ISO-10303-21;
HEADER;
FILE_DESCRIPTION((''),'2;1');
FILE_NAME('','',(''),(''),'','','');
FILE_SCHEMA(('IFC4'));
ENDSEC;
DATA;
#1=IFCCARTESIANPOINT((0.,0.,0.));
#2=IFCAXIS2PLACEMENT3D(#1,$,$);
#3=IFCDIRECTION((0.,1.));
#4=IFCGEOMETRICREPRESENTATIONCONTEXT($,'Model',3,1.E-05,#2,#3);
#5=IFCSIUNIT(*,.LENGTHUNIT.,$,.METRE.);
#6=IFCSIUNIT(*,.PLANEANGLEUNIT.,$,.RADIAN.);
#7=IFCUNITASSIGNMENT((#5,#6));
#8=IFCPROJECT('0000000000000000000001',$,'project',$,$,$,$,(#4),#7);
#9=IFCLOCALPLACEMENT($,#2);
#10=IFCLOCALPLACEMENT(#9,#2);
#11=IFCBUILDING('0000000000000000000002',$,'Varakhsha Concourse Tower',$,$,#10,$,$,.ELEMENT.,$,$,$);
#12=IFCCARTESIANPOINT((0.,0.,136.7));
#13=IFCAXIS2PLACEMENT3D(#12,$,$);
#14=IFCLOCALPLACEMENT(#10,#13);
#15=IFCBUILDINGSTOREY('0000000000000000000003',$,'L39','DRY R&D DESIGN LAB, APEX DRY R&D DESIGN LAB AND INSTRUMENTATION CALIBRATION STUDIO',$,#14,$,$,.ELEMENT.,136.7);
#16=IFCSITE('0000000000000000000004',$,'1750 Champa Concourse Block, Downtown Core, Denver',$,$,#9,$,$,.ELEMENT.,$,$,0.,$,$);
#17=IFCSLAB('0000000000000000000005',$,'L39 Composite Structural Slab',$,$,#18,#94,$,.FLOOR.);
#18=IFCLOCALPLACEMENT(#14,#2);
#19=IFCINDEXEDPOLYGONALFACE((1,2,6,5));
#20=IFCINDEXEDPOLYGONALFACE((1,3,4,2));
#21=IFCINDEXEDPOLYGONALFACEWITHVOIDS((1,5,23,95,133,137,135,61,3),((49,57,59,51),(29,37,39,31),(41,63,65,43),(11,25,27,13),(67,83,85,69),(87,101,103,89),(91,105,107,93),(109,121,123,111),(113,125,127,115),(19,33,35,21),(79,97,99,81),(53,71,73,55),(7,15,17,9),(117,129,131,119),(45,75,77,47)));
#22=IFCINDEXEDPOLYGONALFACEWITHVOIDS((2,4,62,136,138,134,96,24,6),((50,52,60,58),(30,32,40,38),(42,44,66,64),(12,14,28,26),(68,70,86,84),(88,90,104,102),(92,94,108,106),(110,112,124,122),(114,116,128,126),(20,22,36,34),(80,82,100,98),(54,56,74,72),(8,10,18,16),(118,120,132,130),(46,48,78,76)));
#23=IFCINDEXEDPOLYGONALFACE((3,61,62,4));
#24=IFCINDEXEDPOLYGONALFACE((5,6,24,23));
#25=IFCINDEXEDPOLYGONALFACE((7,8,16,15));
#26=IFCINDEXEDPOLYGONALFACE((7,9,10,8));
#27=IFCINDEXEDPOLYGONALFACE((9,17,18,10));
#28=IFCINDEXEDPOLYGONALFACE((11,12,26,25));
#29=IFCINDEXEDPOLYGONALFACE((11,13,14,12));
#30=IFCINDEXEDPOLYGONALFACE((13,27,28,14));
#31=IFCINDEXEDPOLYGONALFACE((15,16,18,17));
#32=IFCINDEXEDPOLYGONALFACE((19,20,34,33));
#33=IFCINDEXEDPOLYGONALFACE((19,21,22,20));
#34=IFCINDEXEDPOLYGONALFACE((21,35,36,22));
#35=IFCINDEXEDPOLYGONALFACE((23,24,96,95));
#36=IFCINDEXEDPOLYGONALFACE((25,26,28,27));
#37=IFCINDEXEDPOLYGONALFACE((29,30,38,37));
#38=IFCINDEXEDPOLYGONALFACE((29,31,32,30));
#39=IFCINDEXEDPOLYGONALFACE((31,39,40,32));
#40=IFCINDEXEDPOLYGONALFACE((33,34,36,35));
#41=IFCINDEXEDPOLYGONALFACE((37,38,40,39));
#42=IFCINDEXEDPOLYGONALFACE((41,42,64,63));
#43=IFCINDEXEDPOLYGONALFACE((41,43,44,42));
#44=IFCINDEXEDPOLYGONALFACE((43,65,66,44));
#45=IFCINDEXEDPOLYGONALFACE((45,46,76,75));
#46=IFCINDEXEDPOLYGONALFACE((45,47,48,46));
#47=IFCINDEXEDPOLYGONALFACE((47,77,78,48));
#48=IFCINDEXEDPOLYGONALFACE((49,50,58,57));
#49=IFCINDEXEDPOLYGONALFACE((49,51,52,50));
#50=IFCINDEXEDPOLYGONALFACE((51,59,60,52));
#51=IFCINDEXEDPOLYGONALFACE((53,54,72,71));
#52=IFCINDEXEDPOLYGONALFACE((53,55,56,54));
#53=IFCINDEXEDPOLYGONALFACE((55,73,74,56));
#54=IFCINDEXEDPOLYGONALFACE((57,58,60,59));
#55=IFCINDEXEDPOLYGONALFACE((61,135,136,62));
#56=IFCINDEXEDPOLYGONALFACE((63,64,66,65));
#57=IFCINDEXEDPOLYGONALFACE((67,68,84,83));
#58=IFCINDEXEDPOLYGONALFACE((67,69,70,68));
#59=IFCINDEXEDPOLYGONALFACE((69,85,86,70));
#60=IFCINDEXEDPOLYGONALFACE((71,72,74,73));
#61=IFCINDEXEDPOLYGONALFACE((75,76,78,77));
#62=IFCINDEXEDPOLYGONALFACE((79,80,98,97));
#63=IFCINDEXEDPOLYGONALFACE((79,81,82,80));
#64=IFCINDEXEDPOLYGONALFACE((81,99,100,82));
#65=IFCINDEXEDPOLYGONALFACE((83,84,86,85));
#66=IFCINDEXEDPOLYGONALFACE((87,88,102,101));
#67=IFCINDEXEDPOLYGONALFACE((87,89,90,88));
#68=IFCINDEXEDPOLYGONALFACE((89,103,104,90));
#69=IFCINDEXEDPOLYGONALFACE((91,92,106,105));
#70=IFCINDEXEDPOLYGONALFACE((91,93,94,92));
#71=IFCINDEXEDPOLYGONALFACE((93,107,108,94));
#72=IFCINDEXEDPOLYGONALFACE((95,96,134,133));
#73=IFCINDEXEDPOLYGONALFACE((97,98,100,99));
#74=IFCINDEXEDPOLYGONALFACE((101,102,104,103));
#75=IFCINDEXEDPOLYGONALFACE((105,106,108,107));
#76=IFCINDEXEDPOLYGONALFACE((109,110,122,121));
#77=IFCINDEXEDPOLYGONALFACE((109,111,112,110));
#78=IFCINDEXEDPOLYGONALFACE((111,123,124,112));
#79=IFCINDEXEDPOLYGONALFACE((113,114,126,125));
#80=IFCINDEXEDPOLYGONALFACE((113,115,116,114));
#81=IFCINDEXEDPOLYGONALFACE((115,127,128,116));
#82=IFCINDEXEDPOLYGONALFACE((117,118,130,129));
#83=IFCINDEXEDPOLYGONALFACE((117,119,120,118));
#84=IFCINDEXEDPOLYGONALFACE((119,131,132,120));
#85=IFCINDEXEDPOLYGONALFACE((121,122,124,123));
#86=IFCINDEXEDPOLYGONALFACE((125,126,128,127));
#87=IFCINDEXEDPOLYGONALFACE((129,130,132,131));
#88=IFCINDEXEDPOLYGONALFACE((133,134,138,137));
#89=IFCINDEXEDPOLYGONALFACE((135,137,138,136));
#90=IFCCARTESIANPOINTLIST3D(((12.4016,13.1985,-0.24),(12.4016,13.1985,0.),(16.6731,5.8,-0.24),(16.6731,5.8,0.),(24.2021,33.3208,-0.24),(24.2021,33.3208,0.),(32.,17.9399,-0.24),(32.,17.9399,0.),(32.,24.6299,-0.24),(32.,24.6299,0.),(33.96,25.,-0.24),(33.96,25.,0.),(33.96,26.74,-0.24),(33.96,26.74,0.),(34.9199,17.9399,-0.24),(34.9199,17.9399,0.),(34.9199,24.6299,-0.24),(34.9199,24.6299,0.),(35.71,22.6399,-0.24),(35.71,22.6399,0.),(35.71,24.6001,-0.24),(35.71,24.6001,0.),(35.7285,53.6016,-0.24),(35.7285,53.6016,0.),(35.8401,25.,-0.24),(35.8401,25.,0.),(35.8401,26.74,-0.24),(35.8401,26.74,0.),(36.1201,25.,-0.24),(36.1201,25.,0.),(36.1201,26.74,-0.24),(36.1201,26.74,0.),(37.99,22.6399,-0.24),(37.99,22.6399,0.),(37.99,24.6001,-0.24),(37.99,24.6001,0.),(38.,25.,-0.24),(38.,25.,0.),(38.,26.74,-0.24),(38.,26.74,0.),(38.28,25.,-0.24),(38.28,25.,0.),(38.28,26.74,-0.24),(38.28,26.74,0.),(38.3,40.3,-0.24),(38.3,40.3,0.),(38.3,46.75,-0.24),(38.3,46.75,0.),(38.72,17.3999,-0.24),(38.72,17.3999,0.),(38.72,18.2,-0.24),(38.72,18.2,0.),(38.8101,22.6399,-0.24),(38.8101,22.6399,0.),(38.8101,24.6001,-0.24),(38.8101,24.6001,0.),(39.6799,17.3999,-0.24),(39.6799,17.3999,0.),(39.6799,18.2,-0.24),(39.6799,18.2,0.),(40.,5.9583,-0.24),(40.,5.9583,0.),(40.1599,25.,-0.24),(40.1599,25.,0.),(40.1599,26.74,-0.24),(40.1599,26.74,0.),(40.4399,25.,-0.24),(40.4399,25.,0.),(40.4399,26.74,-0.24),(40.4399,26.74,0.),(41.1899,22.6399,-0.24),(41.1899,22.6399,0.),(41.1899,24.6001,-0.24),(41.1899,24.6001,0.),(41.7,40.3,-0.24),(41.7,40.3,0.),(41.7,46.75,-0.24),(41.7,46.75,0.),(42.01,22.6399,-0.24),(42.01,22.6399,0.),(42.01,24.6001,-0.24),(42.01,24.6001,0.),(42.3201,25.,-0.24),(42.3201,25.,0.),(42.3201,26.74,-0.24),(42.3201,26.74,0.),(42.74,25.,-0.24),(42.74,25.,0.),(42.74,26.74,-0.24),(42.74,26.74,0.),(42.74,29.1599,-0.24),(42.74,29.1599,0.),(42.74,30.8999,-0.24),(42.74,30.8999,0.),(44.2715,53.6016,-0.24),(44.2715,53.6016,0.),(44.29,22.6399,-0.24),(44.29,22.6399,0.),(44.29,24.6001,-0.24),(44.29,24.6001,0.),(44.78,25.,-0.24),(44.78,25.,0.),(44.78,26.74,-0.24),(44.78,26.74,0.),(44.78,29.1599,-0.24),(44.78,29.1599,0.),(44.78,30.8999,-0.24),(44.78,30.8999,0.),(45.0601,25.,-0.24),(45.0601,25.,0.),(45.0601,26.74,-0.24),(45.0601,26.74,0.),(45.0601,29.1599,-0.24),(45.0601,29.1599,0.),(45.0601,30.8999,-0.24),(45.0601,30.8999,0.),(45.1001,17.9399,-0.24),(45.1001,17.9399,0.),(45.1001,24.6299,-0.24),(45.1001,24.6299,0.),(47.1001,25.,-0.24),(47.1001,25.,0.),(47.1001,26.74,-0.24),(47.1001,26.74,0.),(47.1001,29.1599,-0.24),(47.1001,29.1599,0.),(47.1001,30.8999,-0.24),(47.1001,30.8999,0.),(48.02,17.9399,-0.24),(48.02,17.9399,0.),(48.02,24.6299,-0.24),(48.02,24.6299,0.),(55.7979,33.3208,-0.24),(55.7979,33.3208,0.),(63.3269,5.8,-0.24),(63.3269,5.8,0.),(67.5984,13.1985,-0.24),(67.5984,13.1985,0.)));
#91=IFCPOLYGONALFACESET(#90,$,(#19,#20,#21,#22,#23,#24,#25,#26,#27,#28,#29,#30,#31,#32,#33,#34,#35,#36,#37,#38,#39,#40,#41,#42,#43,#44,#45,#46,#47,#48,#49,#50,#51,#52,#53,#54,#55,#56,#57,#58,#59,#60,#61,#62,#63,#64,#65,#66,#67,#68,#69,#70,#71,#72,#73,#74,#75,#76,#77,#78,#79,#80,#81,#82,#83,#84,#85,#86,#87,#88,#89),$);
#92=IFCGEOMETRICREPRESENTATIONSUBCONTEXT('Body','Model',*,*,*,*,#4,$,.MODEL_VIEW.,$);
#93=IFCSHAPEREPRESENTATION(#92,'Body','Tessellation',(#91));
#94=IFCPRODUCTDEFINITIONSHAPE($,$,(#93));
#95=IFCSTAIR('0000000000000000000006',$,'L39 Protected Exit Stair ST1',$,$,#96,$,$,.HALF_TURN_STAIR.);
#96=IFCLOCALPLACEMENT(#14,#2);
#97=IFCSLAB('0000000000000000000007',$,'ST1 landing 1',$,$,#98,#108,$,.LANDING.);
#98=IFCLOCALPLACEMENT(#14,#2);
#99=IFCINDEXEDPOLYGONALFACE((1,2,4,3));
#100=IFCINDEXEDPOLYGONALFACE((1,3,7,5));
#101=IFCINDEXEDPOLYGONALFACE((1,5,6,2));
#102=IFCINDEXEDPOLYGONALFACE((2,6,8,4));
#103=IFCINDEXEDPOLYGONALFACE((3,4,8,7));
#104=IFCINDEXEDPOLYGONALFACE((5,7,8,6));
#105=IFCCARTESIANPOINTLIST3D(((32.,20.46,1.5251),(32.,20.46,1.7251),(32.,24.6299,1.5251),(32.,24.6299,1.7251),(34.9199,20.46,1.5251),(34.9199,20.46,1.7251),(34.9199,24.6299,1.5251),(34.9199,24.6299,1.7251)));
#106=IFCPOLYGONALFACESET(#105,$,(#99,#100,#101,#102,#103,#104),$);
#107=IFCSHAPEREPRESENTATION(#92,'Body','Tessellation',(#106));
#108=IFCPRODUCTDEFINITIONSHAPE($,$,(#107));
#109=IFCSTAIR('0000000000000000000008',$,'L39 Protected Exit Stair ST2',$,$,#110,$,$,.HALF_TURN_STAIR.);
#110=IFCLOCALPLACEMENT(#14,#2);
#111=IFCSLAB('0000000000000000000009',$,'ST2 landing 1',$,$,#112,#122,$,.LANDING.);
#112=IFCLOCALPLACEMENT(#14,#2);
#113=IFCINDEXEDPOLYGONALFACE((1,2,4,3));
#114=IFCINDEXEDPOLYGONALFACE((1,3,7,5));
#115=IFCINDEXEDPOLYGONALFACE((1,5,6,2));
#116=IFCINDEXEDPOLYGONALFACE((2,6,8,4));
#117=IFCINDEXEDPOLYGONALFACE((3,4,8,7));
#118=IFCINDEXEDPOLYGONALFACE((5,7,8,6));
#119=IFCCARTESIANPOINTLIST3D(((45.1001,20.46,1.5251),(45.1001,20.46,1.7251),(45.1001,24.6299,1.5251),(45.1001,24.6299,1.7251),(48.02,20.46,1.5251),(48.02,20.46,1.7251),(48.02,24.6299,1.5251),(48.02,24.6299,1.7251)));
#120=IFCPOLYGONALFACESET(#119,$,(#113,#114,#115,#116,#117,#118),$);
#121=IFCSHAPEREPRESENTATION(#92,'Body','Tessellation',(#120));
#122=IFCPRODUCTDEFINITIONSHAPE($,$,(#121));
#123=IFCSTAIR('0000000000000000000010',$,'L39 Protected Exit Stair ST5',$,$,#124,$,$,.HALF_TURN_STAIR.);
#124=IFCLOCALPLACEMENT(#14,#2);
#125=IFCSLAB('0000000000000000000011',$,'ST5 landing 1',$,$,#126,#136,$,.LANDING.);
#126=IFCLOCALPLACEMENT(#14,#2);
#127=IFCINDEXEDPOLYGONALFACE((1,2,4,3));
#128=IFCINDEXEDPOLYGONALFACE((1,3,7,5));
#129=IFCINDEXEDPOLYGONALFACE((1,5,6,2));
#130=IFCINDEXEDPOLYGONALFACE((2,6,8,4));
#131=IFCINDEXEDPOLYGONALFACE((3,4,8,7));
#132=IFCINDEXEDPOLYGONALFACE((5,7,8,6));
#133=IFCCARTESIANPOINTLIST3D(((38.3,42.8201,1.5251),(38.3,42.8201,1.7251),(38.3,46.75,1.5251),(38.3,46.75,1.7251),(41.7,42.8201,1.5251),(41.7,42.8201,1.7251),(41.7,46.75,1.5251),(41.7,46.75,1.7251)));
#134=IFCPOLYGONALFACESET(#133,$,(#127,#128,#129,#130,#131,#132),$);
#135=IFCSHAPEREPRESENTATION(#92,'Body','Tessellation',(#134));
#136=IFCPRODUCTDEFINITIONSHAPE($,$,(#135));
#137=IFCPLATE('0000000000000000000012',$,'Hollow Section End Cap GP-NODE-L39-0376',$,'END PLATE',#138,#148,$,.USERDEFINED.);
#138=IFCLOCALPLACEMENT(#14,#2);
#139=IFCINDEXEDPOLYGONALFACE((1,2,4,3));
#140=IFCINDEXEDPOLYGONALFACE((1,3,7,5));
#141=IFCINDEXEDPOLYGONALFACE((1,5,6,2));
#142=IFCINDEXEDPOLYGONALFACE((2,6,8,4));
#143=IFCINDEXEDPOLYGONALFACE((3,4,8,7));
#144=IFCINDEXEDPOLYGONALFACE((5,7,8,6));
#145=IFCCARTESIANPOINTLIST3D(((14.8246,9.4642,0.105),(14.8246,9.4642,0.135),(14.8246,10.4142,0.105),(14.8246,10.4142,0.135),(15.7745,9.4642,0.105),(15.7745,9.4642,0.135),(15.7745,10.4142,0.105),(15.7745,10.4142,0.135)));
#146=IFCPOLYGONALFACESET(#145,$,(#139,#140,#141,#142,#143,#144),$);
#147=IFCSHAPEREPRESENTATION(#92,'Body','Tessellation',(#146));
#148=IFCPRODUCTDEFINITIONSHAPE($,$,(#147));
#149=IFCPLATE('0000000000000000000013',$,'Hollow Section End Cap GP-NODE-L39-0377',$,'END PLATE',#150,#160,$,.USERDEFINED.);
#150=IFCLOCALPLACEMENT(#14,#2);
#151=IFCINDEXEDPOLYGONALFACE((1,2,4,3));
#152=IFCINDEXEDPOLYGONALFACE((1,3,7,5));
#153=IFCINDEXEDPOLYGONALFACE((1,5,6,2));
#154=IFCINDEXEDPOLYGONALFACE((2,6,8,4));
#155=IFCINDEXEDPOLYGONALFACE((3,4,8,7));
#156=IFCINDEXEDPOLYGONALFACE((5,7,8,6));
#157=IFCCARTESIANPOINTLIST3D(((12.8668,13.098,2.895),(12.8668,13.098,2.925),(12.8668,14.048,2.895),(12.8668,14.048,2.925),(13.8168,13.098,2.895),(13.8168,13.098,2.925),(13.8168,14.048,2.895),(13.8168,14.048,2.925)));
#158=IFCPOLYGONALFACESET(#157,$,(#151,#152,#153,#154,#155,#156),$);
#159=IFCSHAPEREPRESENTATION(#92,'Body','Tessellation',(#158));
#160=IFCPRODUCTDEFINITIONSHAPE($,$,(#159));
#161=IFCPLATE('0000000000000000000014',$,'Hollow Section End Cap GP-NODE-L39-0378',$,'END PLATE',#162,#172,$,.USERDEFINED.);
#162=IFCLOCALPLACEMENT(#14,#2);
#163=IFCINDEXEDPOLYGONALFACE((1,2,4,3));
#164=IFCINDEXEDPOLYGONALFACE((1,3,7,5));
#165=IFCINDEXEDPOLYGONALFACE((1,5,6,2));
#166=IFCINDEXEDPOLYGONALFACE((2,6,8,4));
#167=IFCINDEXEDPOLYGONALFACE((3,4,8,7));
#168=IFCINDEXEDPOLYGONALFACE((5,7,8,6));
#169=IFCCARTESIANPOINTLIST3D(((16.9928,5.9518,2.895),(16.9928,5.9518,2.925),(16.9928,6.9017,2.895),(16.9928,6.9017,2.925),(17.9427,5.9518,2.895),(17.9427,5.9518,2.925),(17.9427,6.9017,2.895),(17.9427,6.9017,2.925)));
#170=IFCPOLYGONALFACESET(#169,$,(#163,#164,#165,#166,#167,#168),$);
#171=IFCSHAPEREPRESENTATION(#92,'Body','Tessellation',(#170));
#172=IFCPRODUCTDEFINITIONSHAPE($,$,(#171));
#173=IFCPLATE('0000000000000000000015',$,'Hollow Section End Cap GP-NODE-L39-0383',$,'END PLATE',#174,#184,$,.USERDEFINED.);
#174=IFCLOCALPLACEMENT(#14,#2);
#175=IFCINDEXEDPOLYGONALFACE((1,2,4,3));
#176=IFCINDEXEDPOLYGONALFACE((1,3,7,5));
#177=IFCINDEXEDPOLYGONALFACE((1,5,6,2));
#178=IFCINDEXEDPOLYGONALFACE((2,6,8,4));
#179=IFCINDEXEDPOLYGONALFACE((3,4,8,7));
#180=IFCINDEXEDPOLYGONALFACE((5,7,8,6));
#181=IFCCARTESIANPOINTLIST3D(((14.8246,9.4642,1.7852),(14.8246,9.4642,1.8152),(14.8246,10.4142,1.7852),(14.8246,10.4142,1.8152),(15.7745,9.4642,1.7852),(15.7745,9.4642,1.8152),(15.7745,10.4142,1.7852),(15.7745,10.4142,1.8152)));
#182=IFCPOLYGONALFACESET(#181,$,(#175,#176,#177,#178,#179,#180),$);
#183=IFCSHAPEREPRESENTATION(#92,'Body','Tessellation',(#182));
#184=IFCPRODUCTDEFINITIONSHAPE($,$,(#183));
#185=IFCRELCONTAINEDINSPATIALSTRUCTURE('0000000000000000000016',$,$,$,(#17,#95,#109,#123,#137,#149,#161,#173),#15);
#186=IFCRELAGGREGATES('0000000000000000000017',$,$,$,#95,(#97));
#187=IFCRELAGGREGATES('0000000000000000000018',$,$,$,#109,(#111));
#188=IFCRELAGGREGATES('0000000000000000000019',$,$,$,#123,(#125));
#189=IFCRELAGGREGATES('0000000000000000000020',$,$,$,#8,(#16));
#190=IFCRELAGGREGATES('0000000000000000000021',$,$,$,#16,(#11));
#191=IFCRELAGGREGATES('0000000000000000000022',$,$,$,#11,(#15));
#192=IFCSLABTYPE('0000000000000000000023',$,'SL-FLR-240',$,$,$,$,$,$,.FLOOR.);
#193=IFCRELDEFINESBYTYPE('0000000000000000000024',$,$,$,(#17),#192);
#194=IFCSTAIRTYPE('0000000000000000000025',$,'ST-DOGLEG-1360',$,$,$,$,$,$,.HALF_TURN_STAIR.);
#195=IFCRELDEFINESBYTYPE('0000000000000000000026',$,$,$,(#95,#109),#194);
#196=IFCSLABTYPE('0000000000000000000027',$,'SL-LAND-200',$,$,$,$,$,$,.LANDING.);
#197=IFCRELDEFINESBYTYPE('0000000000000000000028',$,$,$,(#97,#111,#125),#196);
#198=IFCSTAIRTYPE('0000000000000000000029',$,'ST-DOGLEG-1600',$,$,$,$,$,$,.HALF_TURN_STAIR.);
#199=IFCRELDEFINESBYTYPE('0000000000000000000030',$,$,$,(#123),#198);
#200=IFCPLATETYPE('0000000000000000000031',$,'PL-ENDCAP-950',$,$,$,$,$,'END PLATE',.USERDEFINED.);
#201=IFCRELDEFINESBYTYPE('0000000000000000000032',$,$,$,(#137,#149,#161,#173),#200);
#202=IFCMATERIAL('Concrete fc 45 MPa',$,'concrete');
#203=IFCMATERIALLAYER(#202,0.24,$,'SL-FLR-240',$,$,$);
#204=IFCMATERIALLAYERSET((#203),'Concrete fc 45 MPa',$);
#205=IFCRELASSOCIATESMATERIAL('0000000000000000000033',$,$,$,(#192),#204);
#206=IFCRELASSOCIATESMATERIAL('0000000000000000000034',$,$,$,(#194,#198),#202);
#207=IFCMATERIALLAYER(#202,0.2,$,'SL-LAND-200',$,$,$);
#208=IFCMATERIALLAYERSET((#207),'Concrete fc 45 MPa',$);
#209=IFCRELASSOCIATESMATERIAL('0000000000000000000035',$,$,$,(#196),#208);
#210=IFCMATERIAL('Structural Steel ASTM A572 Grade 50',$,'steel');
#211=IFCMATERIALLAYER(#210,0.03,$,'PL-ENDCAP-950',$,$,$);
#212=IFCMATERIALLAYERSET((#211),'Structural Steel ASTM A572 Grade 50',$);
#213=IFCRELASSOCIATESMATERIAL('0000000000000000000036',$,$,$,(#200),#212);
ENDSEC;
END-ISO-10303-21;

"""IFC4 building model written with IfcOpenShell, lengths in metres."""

from ifc_helpers import new_model, si_unit, direction, frame, origin, origin_2d, place, context, subcontext, project, spatial, polyline, rectangle, outline, extrude, source, transform, mapped, material, layer, layer_set, type_object, type_shapes, element, aggregate, save


model = new_model("IFC4")

# Units and contexts
model_context = context("Model", 3, precision=1e-05, world=origin(), true_north=direction((0.0, 1.0)))
body_context = subcontext(model_context, "Body", "Model", "MODEL_VIEW")
ifc_project = project(units=[si_unit("LENGTHUNIT", "METRE"), si_unit("PLANEANGLEUNIT", "RADIAN")], contexts=[model_context])

# Site, building, storey
site_placement = place(None, origin())
site = spatial("IfcSite", under=ifc_project, at=site_placement, Name="1750 Champa Concourse Block, Downtown Core, Denver", CompositionType="ELEMENT", RefElevation=0.0)
building_placement = place(site_placement, origin())
building = spatial("IfcBuilding", under=site, at=building_placement, Name="Varakhsha Concourse Tower", CompositionType="ELEMENT")
storey_placement = place(building_placement, frame((0.0, 0.0, 136.7)))
storey = spatial("IfcBuildingStorey", under=building, at=storey_placement, Name="L39", Description="DRY R&D DESIGN LAB, APEX DRY R&D DESIGN LAB AND INSTRUMENTATION CALIBRATION STUDIO", CompositionType="ELEMENT", Elevation=136.7)

# Shared definitions
ifc_material_1 = material(Name="Structural Steel ASTM A572 Grade 50", Category="steel")

# Slab
ifc_material_2 = material(Name="Concrete fc 45 MPa", Category="concrete")
ifc_layer_1 = layer(ifc_material_2, 0.24, Name="SL-FLR-240")
ifc_layer_set_1 = layer_set([ifc_layer_1], Name="Concrete fc 45 MPa")
slab_type_1 = type_object("IfcSlabType", Name="SL-FLR-240", PredefinedType="FLOOR", material=ifc_layer_set_1)
slab_1_placement = place(storey_placement, frame((0.0, 0.0, -0.24)))
element("IfcSlab", 1, at=slab_1_placement, inside=storey, type_object=slab_type_1, Name="L39 Composite Structural Slab", PredefinedType="FLOOR", context=body_context, shape_type="SweptSolid", body=[
    extrude(outline(polyline([(44.2715, 53.6016), (35.7285, 53.6016), (24.2021, 33.3208), (12.4016, 13.1985), (16.6731, 5.8), (40.0, 5.9583), (63.3269, 5.8), (67.5984, 13.1985), (55.7979, 33.3208), (44.2715, 53.6016)]), holes=[polyline([(34.9199, 17.9399), (34.9199, 24.6299), (32.0, 24.6299), (32.0, 17.9399), (34.9199, 17.9399)]), polyline([(48.02, 17.9399), (48.02, 24.6299), (45.1001, 24.6299), (45.1001, 17.9399), (48.02, 17.9399)]), polyline([(41.7, 40.3), (41.7, 46.75), (38.3, 46.75), (38.3, 40.3), (41.7, 40.3)]), polyline([(33.96, 25.0), (35.8401, 25.0), (35.8401, 26.74), (33.96, 26.74), (33.96, 25.0)]), polyline([(36.1201, 25.0), (38.0, 25.0), (38.0, 26.74), (36.1201, 26.74), (36.1201, 25.0)]), polyline([(38.28, 25.0), (40.1599, 25.0), (40.1599, 26.74), (38.28, 26.74), (38.28, 25.0)]), polyline([(40.4399, 25.0), (42.3201, 25.0), (42.3201, 26.74), (40.4399, 26.74), (40.4399, 25.0)]), polyline([(42.74, 29.1599), (44.78, 29.1599), (44.78, 30.8999), (42.74, 30.8999), (42.74, 29.1599)]), polyline([(45.0601, 29.1599), (47.1001, 29.1599), (47.1001, 30.8999), (45.0601, 30.8999), (45.0601, 29.1599)]), polyline([(42.74, 25.0), (44.78, 25.0), (44.78, 26.74), (42.74, 26.74), (42.74, 25.0)]), polyline([(45.0601, 25.0), (47.1001, 25.0), (47.1001, 26.74), (45.0601, 26.74), (45.0601, 25.0)]), polyline([(35.71, 22.6399), (37.99, 22.6399), (37.99, 24.6001), (35.71, 24.6001), (35.71, 22.6399)]), polyline([(42.01, 22.6399), (44.29, 22.6399), (44.29, 24.6001), (42.01, 24.6001), (42.01, 22.6399)]), polyline([(38.8101, 22.6399), (41.1899, 22.6399), (41.1899, 24.6001), (38.8101, 24.6001), (38.8101, 22.6399)]), polyline([(38.72, 17.3999), (39.6799, 17.3999), (39.6799, 18.2), (38.72, 18.2), (38.72, 17.3999)])]), origin(), (0.0, 0.0, 1.0), 0.24),
])

# Stairs, slabs
stair_type_1 = type_object("IfcStairType", Name="ST-DOGLEG-1360", PredefinedType="HALF_TURN_STAIR", material=ifc_material_2)
stair_1_placement = place(storey_placement, origin())
stair_1 = element("IfcStair", 2, at=stair_1_placement, inside=storey, type_object=stair_type_1, Name="L39 Protected Exit Stair ST1", PredefinedType="HALF_TURN_STAIR")
ifc_layer_2 = layer(ifc_material_2, 0.2, Name="SL-LAND-200")
ifc_layer_set_2 = layer_set([ifc_layer_2], Name="Concrete fc 45 MPa")
slab_type_2 = type_object("IfcSlabType", Name="SL-LAND-200", PredefinedType="LANDING", material=ifc_layer_set_2)
slab_2_placement = place(storey_placement, frame((0.0, 0.0, 1.5251)))
slab_2 = element("IfcSlab", 3, at=slab_2_placement, type_object=slab_type_2, Name="ST1 landing 1", PredefinedType="LANDING", context=body_context, shape_type="SweptSolid", body=[
    extrude(outline(polyline([(34.9199, 20.46), (34.9199, 24.6299), (32.0, 24.6299), (32.0, 20.46), (34.9199, 20.46)])), origin(), (0.0, 0.0, 1.0), 0.2),
])
aggregate(stair_1, [slab_2])
stair_2_placement = place(storey_placement, origin())
stair_2 = element("IfcStair", 4, at=stair_2_placement, inside=storey, type_object=stair_type_1, Name="L39 Protected Exit Stair ST2", PredefinedType="HALF_TURN_STAIR")
slab_3_placement = place(storey_placement, frame((0.0, 0.0, 1.5251)))
slab_3 = element("IfcSlab", 5, at=slab_3_placement, type_object=slab_type_2, Name="ST2 landing 1", PredefinedType="LANDING", context=body_context, shape_type="SweptSolid", body=[
    extrude(outline(polyline([(48.02, 20.46), (48.02, 24.6299), (45.1001, 24.6299), (45.1001, 20.46), (48.02, 20.46)])), origin(), (0.0, 0.0, 1.0), 0.2),
])
aggregate(stair_2, [slab_3])
stair_type_2 = type_object("IfcStairType", Name="ST-DOGLEG-1600", PredefinedType="HALF_TURN_STAIR", material=ifc_material_2)
stair_3_placement = place(storey_placement, origin())
stair_3 = element("IfcStair", 6, at=stair_3_placement, inside=storey, type_object=stair_type_2, Name="L39 Protected Exit Stair ST5", PredefinedType="HALF_TURN_STAIR")
slab_4_placement = place(storey_placement, frame((0.0, 0.0, 1.5251)))
slab_4 = element("IfcSlab", 7, at=slab_4_placement, type_object=slab_type_2, Name="ST5 landing 1", PredefinedType="LANDING", context=body_context, shape_type="SweptSolid", body=[
    extrude(outline(polyline([(41.7, 42.8201), (41.7, 46.75), (38.3, 46.75), (38.3, 42.8201), (41.7, 42.8201)])), origin(), (0.0, 0.0, 1.0), 0.2),
])
aggregate(stair_3, [slab_4])

# Plates
ifc_layer_3 = layer(ifc_material_1, 0.03, Name="PL-ENDCAP-950")
ifc_layer_set_3 = layer_set([ifc_layer_3], Name="Structural Steel ASTM A572 Grade 50")
plate_type_1 = type_object("IfcPlateType", Name="PL-ENDCAP-950", ElementType="END PLATE", PredefinedType="USERDEFINED", material=ifc_layer_set_3)
shared_shape_1 = source(origin(), body_context, "Body", "SweptSolid", [
    extrude(rectangle(XDim=0.95, YDim=0.95, at=origin_2d()), origin(), (0.0, 0.0, 1.0), 0.03),
])
type_shapes(plate_type_1, [shared_shape_1])
for number, where, z_axis, x_axis, name in (
    (8, (15.2996, 9.9392, 0.105), (0.0, 0.0, 1.0), (1.0, 0.0, 0.0), "Hollow Section End Cap GP-NODE-L39-0376"),
    (9, (13.3418, 13.573, 2.895), (0.0, 0.0, 1.0), (1.0, 0.0, 0.0), "Hollow Section End Cap GP-NODE-L39-0377"),
    (10, (17.4678, 6.4268, 2.895), (0.0, 0.0, 1.0), (1.0, 0.0, 0.0), "Hollow Section End Cap GP-NODE-L39-0378"),
    (11, (15.2996, 9.9392, 1.7852), (0.0, 0.0, 1.0), (1.0, 0.0, 0.0), "Hollow Section End Cap GP-NODE-L39-0383"),
):
    element("IfcPlate", number, at=place(storey_placement, frame(where, z_axis=z_axis, x_axis=x_axis)), inside=storey, type_object=plate_type_1, Name=name, ObjectType="END PLATE", PredefinedType="USERDEFINED", context=body_context, shape_type="MappedRepresentation", body=[
        mapped(shared_shape_1, transform((0.0, 0.0, 0.0), scale=1.0)),
    ])

save(model, "model.ifc")
